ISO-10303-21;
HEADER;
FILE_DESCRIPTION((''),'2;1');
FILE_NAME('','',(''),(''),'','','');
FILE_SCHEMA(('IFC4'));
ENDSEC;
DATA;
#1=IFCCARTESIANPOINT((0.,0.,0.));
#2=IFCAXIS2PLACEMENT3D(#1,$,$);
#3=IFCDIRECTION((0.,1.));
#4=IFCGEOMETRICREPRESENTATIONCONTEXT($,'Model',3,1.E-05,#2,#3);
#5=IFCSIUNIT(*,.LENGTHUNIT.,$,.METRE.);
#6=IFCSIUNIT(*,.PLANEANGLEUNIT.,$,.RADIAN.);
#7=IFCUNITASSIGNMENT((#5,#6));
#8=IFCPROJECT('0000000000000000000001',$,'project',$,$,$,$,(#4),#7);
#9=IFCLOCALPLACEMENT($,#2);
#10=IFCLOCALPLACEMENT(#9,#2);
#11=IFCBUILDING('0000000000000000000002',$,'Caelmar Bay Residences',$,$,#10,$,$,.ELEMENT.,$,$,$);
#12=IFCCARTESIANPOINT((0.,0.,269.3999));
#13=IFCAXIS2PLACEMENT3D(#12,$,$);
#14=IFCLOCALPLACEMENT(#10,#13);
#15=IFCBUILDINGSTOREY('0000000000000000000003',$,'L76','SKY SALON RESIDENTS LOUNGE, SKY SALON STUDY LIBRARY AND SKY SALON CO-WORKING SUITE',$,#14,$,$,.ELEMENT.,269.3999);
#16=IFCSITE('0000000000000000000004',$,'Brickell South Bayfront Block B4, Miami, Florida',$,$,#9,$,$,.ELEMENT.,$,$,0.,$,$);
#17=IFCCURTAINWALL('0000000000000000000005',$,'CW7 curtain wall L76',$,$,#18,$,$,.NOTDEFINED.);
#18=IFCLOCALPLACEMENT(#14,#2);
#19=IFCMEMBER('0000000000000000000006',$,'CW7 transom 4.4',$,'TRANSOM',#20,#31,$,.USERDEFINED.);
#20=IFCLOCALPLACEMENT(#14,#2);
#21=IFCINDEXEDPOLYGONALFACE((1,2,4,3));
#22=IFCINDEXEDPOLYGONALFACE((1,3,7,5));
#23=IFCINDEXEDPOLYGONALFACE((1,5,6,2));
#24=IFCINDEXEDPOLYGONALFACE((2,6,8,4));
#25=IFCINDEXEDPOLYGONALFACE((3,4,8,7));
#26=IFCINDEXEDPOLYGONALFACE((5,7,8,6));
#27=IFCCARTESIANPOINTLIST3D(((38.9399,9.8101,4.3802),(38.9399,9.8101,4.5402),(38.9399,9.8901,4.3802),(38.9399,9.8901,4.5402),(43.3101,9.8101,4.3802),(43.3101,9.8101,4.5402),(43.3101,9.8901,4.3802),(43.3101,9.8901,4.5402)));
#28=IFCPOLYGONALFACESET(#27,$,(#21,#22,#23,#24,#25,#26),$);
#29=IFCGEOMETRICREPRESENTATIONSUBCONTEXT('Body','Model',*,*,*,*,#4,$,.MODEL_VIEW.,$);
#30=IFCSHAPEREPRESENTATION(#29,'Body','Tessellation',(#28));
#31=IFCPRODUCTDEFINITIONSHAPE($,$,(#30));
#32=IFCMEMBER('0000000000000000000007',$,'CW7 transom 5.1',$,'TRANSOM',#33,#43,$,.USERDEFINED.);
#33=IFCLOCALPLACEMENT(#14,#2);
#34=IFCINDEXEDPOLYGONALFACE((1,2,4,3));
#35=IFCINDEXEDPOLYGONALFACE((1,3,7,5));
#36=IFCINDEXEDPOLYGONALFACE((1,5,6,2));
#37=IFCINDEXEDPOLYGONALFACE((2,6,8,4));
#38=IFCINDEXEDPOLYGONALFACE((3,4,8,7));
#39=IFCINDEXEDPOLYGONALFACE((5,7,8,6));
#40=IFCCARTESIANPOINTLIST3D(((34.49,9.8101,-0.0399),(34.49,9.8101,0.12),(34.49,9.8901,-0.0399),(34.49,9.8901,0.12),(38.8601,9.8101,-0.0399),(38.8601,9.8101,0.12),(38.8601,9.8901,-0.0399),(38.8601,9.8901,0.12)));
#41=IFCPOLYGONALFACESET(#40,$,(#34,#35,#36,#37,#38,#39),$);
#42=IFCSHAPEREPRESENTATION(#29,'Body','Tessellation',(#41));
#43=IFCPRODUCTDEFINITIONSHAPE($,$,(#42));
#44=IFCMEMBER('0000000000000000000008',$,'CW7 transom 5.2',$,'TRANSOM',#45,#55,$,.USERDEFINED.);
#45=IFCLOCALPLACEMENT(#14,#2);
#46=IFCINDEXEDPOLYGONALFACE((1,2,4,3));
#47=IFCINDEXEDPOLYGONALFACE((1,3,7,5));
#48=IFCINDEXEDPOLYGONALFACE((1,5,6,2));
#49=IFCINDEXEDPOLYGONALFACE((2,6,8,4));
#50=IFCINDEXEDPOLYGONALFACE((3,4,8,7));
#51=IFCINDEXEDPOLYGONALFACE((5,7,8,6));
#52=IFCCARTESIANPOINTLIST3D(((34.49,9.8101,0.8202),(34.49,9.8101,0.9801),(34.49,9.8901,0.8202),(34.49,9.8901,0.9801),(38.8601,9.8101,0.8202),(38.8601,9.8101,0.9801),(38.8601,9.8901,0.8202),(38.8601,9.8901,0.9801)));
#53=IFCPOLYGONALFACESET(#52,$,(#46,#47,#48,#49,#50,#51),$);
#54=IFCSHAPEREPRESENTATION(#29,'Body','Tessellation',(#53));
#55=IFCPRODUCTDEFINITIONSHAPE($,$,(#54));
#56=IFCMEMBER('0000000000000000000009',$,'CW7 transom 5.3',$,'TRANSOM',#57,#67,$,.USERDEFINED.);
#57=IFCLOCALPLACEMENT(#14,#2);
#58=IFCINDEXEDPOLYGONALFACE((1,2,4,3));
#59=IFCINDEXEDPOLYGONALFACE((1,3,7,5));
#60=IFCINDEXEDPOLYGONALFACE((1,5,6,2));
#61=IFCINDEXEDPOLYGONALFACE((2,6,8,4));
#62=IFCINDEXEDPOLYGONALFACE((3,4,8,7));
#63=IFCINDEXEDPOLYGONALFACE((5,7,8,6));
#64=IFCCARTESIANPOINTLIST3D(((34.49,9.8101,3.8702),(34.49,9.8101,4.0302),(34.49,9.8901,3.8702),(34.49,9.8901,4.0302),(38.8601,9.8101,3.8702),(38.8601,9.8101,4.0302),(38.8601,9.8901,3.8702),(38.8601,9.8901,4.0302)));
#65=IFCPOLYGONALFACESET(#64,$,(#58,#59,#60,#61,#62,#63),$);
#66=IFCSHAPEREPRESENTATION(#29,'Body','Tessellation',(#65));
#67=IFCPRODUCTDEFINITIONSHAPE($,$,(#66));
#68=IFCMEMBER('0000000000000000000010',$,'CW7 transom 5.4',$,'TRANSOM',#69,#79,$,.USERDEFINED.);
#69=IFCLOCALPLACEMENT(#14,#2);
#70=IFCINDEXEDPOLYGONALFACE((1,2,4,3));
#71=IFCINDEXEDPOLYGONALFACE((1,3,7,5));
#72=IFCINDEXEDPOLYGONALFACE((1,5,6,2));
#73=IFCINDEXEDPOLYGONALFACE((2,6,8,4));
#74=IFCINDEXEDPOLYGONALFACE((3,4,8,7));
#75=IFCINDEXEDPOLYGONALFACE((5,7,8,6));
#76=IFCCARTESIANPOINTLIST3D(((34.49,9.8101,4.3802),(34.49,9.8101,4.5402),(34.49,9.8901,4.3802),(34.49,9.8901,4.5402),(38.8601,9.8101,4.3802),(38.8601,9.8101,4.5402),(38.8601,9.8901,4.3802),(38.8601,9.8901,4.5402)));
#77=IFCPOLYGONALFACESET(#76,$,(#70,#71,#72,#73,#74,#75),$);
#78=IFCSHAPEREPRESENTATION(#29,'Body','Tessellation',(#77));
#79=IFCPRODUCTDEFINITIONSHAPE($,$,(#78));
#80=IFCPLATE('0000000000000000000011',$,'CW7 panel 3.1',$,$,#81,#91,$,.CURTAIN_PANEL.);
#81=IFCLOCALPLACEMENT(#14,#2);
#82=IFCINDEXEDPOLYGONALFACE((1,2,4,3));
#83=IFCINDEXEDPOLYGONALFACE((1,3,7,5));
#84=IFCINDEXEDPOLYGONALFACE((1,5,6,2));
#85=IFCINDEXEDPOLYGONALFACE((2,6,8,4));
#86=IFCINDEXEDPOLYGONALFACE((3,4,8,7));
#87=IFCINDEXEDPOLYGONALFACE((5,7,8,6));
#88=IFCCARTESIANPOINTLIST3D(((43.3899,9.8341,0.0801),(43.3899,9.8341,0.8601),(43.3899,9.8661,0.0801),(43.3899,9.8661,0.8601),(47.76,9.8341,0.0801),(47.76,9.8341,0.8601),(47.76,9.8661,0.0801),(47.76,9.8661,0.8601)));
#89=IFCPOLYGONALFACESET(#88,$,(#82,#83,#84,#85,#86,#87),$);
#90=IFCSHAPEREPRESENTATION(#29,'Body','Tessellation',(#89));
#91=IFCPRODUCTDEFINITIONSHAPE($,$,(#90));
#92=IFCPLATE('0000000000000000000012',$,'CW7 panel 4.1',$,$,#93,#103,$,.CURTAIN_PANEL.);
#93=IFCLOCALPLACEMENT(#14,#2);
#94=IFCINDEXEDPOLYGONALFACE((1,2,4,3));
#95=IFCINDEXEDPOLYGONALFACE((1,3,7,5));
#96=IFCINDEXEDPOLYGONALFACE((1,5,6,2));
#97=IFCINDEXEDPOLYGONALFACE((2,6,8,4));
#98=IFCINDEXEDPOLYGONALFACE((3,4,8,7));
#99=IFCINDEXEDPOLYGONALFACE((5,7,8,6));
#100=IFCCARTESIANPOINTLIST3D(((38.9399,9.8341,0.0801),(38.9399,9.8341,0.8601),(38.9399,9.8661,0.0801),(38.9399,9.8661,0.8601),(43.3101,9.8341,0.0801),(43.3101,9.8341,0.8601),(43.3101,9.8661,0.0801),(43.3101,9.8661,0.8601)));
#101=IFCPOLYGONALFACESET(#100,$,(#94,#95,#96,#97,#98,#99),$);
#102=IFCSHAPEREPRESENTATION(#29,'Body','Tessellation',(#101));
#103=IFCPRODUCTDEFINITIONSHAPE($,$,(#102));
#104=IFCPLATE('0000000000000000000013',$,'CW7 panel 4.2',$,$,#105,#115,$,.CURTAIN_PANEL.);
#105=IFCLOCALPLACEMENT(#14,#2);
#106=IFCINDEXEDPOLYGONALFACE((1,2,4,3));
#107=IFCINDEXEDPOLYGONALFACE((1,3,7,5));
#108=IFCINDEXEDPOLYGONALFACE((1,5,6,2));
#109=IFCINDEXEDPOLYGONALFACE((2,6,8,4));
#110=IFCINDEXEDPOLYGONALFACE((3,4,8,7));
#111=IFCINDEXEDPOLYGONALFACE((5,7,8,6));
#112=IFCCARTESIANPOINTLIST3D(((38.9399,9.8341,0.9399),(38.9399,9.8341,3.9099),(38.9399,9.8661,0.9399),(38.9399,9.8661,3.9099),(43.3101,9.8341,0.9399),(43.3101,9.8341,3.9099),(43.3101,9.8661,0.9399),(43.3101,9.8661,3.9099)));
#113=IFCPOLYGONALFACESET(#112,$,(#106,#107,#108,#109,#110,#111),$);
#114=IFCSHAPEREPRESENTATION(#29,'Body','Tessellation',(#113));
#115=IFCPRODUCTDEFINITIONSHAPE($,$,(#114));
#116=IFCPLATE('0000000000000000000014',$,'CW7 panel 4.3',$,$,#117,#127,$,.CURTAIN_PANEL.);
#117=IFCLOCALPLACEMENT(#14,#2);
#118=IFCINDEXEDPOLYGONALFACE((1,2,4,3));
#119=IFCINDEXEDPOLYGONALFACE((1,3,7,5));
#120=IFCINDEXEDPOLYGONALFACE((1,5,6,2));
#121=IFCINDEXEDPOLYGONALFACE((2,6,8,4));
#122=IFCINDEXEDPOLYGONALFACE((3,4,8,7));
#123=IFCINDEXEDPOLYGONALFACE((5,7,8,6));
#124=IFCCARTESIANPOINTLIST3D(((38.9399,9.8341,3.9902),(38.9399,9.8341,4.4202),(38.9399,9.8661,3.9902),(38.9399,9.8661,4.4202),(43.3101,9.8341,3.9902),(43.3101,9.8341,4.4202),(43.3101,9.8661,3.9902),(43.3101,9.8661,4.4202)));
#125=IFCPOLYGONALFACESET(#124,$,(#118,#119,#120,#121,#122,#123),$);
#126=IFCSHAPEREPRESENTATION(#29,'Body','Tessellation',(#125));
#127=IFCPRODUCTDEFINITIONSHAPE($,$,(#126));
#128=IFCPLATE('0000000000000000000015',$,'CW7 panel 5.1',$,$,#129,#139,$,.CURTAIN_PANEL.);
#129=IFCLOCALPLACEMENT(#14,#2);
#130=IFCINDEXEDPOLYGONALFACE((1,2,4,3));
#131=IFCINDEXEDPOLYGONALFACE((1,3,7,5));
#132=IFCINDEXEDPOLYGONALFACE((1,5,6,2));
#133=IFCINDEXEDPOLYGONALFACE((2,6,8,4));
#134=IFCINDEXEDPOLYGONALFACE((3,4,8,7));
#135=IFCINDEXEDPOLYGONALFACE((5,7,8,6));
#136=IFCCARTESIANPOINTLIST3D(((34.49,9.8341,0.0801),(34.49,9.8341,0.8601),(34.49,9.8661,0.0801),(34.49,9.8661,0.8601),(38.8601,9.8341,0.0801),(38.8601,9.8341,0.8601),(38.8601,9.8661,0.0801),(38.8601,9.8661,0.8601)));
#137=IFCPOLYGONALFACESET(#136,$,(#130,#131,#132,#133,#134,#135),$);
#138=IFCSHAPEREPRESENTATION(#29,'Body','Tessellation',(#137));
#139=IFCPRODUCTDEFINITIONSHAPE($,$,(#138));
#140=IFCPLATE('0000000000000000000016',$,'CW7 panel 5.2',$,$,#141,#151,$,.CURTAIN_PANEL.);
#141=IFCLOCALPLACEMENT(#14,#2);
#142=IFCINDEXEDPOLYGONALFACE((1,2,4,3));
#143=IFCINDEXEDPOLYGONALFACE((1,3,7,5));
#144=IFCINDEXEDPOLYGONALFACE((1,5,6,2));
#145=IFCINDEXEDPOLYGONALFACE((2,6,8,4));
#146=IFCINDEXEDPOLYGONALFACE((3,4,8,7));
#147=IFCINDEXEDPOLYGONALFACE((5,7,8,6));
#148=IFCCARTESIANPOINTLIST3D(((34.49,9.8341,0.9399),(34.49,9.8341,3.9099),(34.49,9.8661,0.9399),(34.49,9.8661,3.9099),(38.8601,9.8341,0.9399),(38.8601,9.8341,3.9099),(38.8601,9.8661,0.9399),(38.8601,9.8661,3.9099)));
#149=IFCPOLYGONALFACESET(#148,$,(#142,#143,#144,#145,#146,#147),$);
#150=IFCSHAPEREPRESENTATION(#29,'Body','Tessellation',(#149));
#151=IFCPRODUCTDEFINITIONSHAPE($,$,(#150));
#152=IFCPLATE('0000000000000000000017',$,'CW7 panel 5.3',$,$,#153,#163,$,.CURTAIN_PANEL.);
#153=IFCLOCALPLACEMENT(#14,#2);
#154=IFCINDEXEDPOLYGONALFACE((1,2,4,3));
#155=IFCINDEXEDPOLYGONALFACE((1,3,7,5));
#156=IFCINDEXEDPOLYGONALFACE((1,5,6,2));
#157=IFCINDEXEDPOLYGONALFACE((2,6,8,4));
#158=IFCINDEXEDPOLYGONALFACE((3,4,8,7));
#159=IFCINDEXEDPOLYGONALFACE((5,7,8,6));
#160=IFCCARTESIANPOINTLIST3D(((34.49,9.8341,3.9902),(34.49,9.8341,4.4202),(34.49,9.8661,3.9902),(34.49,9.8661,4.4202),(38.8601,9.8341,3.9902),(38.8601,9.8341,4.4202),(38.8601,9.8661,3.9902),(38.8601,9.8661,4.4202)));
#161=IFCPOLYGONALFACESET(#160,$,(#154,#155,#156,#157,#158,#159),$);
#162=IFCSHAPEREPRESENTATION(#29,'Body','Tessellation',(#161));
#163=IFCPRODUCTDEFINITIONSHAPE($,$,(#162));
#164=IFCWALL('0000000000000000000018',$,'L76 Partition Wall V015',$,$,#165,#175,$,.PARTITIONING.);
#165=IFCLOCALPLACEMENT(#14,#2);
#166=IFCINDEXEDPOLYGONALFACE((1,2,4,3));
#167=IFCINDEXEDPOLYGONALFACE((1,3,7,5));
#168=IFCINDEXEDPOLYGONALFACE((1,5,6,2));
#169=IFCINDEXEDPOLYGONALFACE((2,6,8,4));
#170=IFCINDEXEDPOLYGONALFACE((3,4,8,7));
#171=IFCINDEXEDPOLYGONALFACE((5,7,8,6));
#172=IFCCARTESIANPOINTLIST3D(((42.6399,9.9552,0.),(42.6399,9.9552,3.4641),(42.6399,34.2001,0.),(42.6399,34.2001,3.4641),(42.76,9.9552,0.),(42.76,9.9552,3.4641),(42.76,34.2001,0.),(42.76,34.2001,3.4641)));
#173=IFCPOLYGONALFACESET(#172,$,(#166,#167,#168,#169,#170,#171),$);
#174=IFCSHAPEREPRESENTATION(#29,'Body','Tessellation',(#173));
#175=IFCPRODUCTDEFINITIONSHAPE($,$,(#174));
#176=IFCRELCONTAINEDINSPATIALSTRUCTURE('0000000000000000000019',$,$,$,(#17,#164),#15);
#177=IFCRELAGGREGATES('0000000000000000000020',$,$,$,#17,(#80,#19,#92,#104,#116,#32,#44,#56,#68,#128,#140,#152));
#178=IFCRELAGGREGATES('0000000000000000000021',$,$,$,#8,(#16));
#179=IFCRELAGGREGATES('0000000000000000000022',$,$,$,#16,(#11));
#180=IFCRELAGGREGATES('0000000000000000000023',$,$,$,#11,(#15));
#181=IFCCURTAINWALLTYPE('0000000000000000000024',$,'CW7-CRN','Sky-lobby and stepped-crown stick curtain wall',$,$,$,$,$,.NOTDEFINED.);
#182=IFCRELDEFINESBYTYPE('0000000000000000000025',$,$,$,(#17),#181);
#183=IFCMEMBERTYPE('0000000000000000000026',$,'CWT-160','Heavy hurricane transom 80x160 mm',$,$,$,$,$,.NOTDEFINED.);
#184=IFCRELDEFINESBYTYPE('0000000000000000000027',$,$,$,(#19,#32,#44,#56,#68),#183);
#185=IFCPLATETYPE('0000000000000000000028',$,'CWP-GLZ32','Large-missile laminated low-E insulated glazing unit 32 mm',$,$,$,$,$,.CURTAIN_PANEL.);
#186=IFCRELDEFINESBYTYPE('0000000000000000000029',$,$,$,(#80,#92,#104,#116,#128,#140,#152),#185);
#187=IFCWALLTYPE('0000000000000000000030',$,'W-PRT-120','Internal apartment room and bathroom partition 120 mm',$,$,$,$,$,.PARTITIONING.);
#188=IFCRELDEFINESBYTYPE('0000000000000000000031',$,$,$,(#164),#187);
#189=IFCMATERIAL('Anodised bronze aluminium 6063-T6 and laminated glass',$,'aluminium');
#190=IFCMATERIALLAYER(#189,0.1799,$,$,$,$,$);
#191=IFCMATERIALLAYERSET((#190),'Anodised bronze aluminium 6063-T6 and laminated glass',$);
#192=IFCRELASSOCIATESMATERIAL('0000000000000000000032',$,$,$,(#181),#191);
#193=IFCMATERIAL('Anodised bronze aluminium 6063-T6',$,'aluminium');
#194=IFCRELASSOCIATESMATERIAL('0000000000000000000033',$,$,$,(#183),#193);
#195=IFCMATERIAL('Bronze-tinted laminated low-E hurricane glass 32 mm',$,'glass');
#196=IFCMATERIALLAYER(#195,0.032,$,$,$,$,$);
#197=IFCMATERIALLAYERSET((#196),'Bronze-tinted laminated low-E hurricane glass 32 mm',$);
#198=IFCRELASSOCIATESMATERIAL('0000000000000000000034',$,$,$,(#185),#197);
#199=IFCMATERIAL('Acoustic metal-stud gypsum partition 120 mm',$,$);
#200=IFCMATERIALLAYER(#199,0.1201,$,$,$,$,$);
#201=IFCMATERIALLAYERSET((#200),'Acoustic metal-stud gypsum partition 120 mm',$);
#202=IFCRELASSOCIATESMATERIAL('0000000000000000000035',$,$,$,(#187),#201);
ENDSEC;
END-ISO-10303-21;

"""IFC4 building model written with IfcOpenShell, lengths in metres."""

from ifc_helpers import new_model, si_unit, direction, frame, frame_2d, origin, origin_2d, place, context, subcontext, project, spatial, rectangle, extrude, material, layer, layer_set, material_profile, profile_set, type_object, element, aggregate, save


model = new_model("IFC4")

# Units and contexts
model_context = context("Model", 3, precision=1e-05, world=origin(), true_north=direction((0.0, 1.0)))
body_context = subcontext(model_context, "Body", "Model", "MODEL_VIEW")
ifc_project = project(units=[si_unit("LENGTHUNIT", "METRE"), si_unit("PLANEANGLEUNIT", "RADIAN")], contexts=[model_context])

# Site, building, storey
site_placement = place(None, origin())
site = spatial("IfcSite", under=ifc_project, at=site_placement, Name="Brickell South Bayfront Block B4, Miami, Florida", CompositionType="ELEMENT", RefElevation=0.0)
building_placement = place(site_placement, origin())
building = spatial("IfcBuilding", under=site, at=building_placement, Name="Caelmar Bay Residences", CompositionType="ELEMENT")
storey_placement = place(building_placement, frame((0.0, 0.0, 269.3999)))
storey = spatial("IfcBuildingStorey", under=building, at=storey_placement, Name="L76", Description="SKY SALON RESIDENTS LOUNGE, SKY SALON STUDY LIBRARY AND SKY SALON CO-WORKING SUITE", CompositionType="ELEMENT", Elevation=269.3999)

# Curtain wall, members, plates
ifc_material_1 = material(Name="Anodised bronze aluminium 6063-T6 and laminated glass", Category="aluminium")
ifc_layer_1 = layer(ifc_material_1, 0.1799)
ifc_layer_set_1 = layer_set([ifc_layer_1], Name="Anodised bronze aluminium 6063-T6 and laminated glass")
curtain_wall_type = type_object("IfcCurtainWallType", Name="CW7-CRN", Description="Sky-lobby and stepped-crown stick curtain wall", PredefinedType="NOTDEFINED", material=ifc_layer_set_1)
curtain_wall_placement = place(storey_placement, origin())
curtain_wall = element("IfcCurtainWall", 1, at=curtain_wall_placement, inside=storey, type_object=curtain_wall_type, Name="CW7 curtain wall L76", PredefinedType="NOTDEFINED")
ifc_material_2 = material(Name="Anodised bronze aluminium 6063-T6", Category="aluminium")
ifc_material_profile_1 = material_profile(ifc_material_2, rectangle(XDim=0.0801, YDim=0.1599, at=origin_2d()), Name="CWT-80X160")
ifc_profile_set_1 = profile_set([ifc_material_profile_1], Name="Anodised bronze aluminium 6063-T6")
member_type_1 = type_object("IfcMemberType", Name="CWT-160", Description="Heavy hurricane transom 80x160 mm", PredefinedType="NOTDEFINED", material=ifc_profile_set_1)
member_1_placement = place(storey_placement, frame((43.3101, 9.8501, 4.4602), z_axis=(-1.0, 0.0, 0.0), x_axis=(0.0, -1.0, 0.0)))
member_1 = element("IfcMember", 2, at=member_1_placement, type_object=member_type_1, Name="CW7 transom 4.4", ObjectType="TRANSOM", PredefinedType="USERDEFINED", context=body_context, shape_type="SweptSolid", body=[
    extrude(rectangle(XDim=0.0801, YDim=0.1599, at=origin_2d()), origin(), (0.0, 0.0, 1.0), 4.3701),
])
member_2_placement = place(storey_placement, frame((38.8601, 9.8501, 0.04), z_axis=(-1.0, 0.0, 0.0), x_axis=(0.0, -1.0, 0.0)))
member_2 = element("IfcMember", 3, at=member_2_placement, type_object=member_type_1, Name="CW7 transom 5.1", ObjectType="TRANSOM", PredefinedType="USERDEFINED", context=body_context, shape_type="SweptSolid", body=[
    extrude(rectangle(XDim=0.0801, YDim=0.1599, at=origin_2d()), origin(), (0.0, 0.0, 1.0), 4.3701),
])
member_3_placement = place(storey_placement, frame((38.8601, 9.8501, 0.9001), z_axis=(-1.0, 0.0, 0.0), x_axis=(0.0, -1.0, 0.0)))
member_3 = element("IfcMember", 4, at=member_3_placement, type_object=member_type_1, Name="CW7 transom 5.2", ObjectType="TRANSOM", PredefinedType="USERDEFINED", context=body_context, shape_type="SweptSolid", body=[
    extrude(rectangle(XDim=0.0801, YDim=0.1599, at=origin_2d()), origin(), (0.0, 0.0, 1.0), 4.3701),
])
member_4_placement = place(storey_placement, frame((38.8601, 9.8501, 3.9502), z_axis=(-1.0, 0.0, 0.0), x_axis=(0.0, -1.0, 0.0)))
member_4 = element("IfcMember", 5, at=member_4_placement, type_object=member_type_1, Name="CW7 transom 5.3", ObjectType="TRANSOM", PredefinedType="USERDEFINED", context=body_context, shape_type="SweptSolid", body=[
    extrude(rectangle(XDim=0.0801, YDim=0.1599, at=origin_2d()), origin(), (0.0, 0.0, 1.0), 4.3701),
])
member_5_placement = place(storey_placement, frame((38.8601, 9.8501, 4.4602), z_axis=(-1.0, 0.0, 0.0), x_axis=(0.0, -1.0, 0.0)))
member_5 = element("IfcMember", 6, at=member_5_placement, type_object=member_type_1, Name="CW7 transom 5.4", ObjectType="TRANSOM", PredefinedType="USERDEFINED", context=body_context, shape_type="SweptSolid", body=[
    extrude(rectangle(XDim=0.0801, YDim=0.1599, at=origin_2d()), origin(), (0.0, 0.0, 1.0), 4.3701),
])
ifc_material_3 = material(Name="Bronze-tinted laminated low-E hurricane glass 32 mm", Category="glass")
ifc_layer_2 = layer(ifc_material_3, 0.032)
ifc_layer_set_2 = layer_set([ifc_layer_2], Name="Bronze-tinted laminated low-E hurricane glass 32 mm")
plate_type = type_object("IfcPlateType", Name="CWP-GLZ32", Description="Large-missile laminated low-E insulated glazing unit 32 mm", PredefinedType="CURTAIN_PANEL", material=ifc_layer_set_2)
plate_1_placement = place(storey_placement, frame((45.575, 9.8501, 0.0801), z_axis=(0.0, 0.0, 1.0), x_axis=(-1.0, 0.0, 0.0)))
plate_1 = element("IfcPlate", 7, at=plate_1_placement, type_object=plate_type, Name="CW7 panel 3.1", PredefinedType="CURTAIN_PANEL", context=body_context, shape_type="SweptSolid", body=[
    extrude(rectangle(XDim=4.3701, YDim=0.032, at=origin_2d()), origin(), (0.0, 0.0, 1.0), 0.78),
])
plate_2_placement = place(storey_placement, frame((41.125, 9.8501, 0.0801), z_axis=(0.0, 0.0, 1.0), x_axis=(-1.0, 0.0, 0.0)))
plate_2 = element("IfcPlate", 8, at=plate_2_placement, type_object=plate_type, Name="CW7 panel 4.1", PredefinedType="CURTAIN_PANEL", context=body_context, shape_type="SweptSolid", body=[
    extrude(rectangle(XDim=4.3701, YDim=0.032, at=origin_2d()), origin(), (0.0, 0.0, 1.0), 0.78),
])
plate_3_placement = place(storey_placement, frame((41.125, 9.8501, 0.9399), z_axis=(0.0, 0.0, 1.0), x_axis=(-1.0, 0.0, 0.0)))
plate_3 = element("IfcPlate", 9, at=plate_3_placement, type_object=plate_type, Name="CW7 panel 4.2", PredefinedType="CURTAIN_PANEL", context=body_context, shape_type="SweptSolid", body=[
    extrude(rectangle(XDim=4.3701, YDim=0.032, at=origin_2d()), origin(), (0.0, 0.0, 1.0), 2.97),
])
plate_4_placement = place(storey_placement, frame((41.125, 9.8501, 3.9902), z_axis=(0.0, 0.0, 1.0), x_axis=(-1.0, 0.0, 0.0)))
plate_4 = element("IfcPlate", 10, at=plate_4_placement, type_object=plate_type, Name="CW7 panel 4.3", PredefinedType="CURTAIN_PANEL", context=body_context, shape_type="SweptSolid", body=[
    extrude(rectangle(XDim=4.3701, YDim=0.032, at=origin_2d()), origin(), (0.0, 0.0, 1.0), 0.4299),
])
plate_5_placement = place(storey_placement, frame((36.675, 9.8501, 0.0801), z_axis=(0.0, 0.0, 1.0), x_axis=(-1.0, 0.0, 0.0)))
plate_5 = element("IfcPlate", 11, at=plate_5_placement, type_object=plate_type, Name="CW7 panel 5.1", PredefinedType="CURTAIN_PANEL", context=body_context, shape_type="SweptSolid", body=[
    extrude(rectangle(XDim=4.3701, YDim=0.032, at=origin_2d()), origin(), (0.0, 0.0, 1.0), 0.78),
])
plate_6_placement = place(storey_placement, frame((36.675, 9.8501, 0.9399), z_axis=(0.0, 0.0, 1.0), x_axis=(-1.0, 0.0, 0.0)))
plate_6 = element("IfcPlate", 12, at=plate_6_placement, type_object=plate_type, Name="CW7 panel 5.2", PredefinedType="CURTAIN_PANEL", context=body_context, shape_type="SweptSolid", body=[
    extrude(rectangle(XDim=4.3701, YDim=0.032, at=origin_2d()), origin(), (0.0, 0.0, 1.0), 2.97),
])
plate_7_placement = place(storey_placement, frame((36.675, 9.8501, 3.9902), z_axis=(0.0, 0.0, 1.0), x_axis=(-1.0, 0.0, 0.0)))
plate_7 = element("IfcPlate", 13, at=plate_7_placement, type_object=plate_type, Name="CW7 panel 5.3", PredefinedType="CURTAIN_PANEL", context=body_context, shape_type="SweptSolid", body=[
    extrude(rectangle(XDim=4.3701, YDim=0.032, at=origin_2d()), origin(), (0.0, 0.0, 1.0), 0.4299),
])
aggregate(curtain_wall, [plate_1, member_1, plate_2, plate_3, plate_4, member_2, member_3, member_4, member_5, plate_5, plate_6, plate_7])

# Wall
ifc_material_4 = material(Name="Acoustic metal-stud gypsum partition 120 mm")
ifc_layer_3 = layer(ifc_material_4, 0.1201)
ifc_layer_set_3 = layer_set([ifc_layer_3], Name="Acoustic metal-stud gypsum partition 120 mm")
wall_type = type_object("IfcWallType", Name="W-PRT-120", Description="Internal apartment room and bathroom partition 120 mm", PredefinedType="PARTITIONING", material=ifc_layer_set_3)
wall_placement = place(storey_placement, frame((42.7, 9.9551, 0.0), z_axis=(0.0, 0.0, 1.0), x_axis=(0.0, 1.0, 0.0)))
element("IfcWall", 14, at=wall_placement, inside=storey, type_object=wall_type, Name="L76 Partition Wall V015", PredefinedType="PARTITIONING", context=body_context, shape_type="SweptSolid", body=[
    extrude(rectangle(XDim=24.2449, YDim=0.1201, at=frame_2d((12.1226, 0.0))), origin(), (0.0, 0.0, 1.0), 3.4641),
])

save(model, "model.ifc")
